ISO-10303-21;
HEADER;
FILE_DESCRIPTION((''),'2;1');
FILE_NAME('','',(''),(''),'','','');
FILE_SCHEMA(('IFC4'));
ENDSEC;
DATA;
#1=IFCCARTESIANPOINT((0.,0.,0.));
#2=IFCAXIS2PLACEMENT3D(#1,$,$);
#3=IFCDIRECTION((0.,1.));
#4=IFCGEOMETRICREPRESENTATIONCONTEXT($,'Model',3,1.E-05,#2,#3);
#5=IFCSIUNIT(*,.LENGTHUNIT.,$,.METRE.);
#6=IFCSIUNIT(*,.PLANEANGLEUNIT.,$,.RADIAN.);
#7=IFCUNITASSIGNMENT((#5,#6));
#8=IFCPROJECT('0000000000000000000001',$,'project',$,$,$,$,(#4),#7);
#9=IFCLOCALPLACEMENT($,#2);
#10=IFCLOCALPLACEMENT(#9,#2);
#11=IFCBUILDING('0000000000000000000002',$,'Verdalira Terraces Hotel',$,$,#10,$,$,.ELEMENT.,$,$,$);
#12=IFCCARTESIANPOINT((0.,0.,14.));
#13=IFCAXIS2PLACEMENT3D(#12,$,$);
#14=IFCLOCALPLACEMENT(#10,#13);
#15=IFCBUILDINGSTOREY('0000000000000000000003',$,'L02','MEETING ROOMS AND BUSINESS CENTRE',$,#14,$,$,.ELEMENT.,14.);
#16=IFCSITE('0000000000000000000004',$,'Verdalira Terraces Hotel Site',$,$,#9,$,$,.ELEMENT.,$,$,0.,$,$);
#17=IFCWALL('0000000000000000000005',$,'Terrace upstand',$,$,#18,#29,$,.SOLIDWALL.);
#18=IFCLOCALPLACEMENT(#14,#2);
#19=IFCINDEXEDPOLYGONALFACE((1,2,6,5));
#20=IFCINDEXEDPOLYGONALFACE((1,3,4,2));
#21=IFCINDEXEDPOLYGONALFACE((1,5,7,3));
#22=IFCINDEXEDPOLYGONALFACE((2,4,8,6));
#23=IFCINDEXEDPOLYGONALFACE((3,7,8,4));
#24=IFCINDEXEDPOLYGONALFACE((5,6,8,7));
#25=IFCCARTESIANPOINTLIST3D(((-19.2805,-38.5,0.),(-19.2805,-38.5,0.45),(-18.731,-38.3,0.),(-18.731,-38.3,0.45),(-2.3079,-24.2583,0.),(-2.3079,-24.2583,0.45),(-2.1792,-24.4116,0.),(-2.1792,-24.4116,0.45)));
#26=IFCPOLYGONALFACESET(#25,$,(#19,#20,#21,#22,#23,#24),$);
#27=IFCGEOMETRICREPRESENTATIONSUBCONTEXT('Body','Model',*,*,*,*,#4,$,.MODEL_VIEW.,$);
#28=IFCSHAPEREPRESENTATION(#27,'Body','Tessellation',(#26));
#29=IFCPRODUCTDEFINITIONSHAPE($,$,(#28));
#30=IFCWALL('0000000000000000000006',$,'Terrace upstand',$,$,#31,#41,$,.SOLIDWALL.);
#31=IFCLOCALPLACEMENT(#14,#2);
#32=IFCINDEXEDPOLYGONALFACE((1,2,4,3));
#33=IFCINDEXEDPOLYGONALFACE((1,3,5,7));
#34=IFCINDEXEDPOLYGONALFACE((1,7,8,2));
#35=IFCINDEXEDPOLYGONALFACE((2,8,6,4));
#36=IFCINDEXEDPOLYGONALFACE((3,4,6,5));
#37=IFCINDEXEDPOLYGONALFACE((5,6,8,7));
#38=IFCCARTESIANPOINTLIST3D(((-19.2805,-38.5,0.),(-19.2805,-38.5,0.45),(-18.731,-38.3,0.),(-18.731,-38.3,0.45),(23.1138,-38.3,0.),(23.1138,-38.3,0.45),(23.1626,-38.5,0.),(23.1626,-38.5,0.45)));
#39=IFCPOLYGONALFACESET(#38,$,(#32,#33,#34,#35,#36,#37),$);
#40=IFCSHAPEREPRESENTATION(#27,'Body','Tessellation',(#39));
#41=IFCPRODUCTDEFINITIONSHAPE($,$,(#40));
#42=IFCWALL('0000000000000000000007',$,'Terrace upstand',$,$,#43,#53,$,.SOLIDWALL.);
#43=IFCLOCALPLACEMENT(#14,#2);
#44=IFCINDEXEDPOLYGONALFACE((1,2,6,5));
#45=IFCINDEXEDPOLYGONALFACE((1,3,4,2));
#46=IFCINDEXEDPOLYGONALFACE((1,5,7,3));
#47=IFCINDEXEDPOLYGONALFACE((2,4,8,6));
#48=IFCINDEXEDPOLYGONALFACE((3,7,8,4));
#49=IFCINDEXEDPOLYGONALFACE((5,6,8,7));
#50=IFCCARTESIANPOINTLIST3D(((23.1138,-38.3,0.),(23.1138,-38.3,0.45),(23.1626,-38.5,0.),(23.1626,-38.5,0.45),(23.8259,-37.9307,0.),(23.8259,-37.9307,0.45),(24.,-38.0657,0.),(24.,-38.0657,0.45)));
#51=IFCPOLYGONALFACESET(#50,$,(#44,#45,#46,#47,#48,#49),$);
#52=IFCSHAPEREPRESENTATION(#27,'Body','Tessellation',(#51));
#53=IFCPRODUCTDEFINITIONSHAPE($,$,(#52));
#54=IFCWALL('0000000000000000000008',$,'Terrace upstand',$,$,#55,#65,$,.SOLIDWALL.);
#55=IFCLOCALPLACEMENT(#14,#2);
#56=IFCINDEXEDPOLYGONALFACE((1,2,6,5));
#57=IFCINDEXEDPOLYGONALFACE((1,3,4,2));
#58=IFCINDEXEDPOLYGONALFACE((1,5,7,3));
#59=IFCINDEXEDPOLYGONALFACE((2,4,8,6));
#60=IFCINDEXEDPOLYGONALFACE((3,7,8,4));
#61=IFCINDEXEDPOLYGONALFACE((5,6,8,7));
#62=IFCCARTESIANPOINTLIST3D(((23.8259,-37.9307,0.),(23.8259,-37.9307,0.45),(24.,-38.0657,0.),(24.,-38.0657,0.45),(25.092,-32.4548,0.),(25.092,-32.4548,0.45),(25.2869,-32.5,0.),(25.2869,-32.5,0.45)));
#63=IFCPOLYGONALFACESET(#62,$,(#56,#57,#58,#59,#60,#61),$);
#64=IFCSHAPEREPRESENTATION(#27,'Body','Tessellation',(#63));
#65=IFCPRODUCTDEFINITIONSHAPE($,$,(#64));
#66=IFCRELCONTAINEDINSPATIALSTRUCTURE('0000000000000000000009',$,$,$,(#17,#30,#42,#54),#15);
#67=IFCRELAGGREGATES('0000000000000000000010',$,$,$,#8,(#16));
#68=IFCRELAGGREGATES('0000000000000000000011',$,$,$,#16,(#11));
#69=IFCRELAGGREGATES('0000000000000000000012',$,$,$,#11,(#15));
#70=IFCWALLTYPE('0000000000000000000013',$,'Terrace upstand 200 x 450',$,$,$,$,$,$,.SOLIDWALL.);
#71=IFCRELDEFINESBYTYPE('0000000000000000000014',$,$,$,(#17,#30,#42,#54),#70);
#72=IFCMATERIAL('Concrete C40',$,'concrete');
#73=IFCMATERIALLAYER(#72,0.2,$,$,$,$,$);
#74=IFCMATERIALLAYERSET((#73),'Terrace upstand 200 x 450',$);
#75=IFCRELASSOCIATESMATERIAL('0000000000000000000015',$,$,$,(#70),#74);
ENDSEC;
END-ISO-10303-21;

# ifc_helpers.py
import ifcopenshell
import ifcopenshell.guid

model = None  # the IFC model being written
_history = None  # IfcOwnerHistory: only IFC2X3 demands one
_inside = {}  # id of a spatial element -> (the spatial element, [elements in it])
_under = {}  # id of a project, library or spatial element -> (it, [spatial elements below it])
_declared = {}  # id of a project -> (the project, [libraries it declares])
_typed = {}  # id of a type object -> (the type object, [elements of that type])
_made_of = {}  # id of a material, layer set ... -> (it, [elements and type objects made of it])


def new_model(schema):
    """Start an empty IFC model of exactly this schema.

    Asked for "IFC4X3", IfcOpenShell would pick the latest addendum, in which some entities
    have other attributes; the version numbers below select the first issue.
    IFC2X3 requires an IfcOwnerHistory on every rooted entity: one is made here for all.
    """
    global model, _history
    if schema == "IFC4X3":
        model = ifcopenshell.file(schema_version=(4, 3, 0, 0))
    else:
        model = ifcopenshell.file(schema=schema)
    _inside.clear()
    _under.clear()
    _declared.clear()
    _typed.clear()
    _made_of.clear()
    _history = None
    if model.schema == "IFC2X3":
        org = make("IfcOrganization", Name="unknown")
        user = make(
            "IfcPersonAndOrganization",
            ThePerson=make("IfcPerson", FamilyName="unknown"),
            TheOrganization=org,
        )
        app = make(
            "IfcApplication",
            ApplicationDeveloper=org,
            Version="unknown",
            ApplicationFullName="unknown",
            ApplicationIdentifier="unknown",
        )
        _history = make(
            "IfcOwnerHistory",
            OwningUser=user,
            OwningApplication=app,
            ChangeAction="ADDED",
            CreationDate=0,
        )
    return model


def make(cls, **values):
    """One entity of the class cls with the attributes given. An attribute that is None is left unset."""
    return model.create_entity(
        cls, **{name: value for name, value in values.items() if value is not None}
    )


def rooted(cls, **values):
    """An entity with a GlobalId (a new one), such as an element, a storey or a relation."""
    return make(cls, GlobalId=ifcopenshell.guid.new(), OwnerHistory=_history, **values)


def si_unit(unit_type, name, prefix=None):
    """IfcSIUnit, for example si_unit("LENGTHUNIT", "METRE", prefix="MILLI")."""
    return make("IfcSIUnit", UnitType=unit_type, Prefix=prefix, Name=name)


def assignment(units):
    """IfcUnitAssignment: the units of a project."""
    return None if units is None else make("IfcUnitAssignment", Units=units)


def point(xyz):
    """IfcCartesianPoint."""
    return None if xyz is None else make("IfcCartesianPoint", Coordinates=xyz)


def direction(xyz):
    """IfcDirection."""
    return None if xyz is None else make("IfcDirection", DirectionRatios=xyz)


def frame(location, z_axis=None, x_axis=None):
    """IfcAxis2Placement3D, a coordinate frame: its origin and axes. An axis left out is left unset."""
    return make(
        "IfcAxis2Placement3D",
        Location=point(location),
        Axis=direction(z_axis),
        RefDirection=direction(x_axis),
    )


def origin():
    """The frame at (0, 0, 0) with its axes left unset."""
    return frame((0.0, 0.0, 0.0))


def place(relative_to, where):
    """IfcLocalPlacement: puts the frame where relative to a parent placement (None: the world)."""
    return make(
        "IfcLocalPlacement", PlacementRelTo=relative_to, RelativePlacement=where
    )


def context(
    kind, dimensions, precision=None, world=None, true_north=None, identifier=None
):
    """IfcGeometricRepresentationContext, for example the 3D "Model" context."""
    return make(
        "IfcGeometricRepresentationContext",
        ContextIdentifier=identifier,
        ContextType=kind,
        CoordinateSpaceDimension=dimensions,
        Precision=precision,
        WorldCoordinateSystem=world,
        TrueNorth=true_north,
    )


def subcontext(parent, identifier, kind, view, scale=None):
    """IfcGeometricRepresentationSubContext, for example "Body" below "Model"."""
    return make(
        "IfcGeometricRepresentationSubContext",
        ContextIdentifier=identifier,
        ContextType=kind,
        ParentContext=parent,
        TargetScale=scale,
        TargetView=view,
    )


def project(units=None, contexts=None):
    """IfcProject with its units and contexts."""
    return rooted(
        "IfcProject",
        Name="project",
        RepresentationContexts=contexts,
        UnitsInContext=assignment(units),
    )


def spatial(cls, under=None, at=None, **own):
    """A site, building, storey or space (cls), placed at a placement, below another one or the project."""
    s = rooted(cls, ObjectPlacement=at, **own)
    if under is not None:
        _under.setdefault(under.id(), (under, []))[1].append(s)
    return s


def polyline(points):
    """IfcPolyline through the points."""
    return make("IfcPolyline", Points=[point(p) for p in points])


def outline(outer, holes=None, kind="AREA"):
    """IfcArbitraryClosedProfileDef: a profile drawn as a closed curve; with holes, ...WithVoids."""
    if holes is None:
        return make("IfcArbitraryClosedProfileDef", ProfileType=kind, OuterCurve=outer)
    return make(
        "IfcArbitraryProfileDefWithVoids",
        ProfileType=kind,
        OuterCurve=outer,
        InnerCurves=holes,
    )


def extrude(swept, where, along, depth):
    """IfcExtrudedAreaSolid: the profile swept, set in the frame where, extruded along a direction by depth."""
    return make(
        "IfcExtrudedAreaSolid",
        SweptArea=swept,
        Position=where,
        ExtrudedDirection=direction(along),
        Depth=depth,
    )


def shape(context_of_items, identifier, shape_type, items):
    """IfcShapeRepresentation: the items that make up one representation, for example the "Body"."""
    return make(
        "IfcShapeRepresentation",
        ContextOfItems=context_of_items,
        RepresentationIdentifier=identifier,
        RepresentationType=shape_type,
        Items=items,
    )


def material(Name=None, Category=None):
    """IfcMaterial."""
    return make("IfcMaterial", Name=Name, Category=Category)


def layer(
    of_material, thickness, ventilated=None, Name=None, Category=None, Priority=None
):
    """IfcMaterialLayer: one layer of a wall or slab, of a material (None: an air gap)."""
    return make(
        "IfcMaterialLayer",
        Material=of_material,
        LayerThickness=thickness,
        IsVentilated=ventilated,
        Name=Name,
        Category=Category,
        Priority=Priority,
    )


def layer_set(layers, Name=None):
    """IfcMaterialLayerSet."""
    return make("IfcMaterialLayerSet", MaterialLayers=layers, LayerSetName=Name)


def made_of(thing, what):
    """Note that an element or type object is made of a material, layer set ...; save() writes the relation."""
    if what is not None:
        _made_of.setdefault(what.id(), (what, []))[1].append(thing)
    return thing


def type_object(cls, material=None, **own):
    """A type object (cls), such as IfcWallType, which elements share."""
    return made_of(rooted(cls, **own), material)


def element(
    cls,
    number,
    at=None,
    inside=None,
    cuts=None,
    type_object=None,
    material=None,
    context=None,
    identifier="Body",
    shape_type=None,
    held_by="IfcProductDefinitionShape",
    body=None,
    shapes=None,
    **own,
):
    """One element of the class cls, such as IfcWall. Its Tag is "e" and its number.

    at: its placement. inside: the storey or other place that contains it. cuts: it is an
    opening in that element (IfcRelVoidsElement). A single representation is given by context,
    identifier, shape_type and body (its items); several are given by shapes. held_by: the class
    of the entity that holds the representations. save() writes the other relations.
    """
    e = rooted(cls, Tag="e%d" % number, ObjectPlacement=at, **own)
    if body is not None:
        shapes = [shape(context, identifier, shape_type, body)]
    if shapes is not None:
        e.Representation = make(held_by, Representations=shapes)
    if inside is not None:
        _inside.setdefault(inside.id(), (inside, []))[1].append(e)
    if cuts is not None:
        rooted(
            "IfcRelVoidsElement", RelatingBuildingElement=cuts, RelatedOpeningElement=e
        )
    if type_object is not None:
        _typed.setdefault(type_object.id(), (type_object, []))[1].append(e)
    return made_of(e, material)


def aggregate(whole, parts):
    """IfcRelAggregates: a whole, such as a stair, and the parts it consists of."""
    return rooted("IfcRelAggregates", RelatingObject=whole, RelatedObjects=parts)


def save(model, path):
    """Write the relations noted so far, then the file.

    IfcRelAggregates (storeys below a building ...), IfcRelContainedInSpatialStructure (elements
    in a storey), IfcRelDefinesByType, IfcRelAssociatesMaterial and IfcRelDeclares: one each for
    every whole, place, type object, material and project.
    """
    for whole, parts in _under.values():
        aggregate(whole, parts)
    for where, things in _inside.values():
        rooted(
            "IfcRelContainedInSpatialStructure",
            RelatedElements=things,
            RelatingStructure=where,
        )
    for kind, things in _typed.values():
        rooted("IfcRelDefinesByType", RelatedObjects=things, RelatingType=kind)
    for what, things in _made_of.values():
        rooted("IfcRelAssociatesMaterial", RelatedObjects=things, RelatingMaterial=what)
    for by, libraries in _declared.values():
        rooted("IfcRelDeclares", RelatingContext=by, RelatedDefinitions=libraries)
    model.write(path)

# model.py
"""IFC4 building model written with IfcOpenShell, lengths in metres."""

from ifc_helpers import new_model, si_unit, direction, frame, origin, place, context, subcontext, project, spatial, polyline, outline, extrude, material, layer, layer_set, type_object, element, save


model = new_model("IFC4")

# Units and contexts
model_context = context("Model", 3, precision=1e-05, world=origin(), true_north=direction((0.0, 1.0)))
body_context = subcontext(model_context, "Body", "Model", "MODEL_VIEW")
ifc_project = project(units=[si_unit("LENGTHUNIT", "METRE"), si_unit("PLANEANGLEUNIT", "RADIAN")], contexts=[model_context])

# Site, building, storey
site_placement = place(None, origin())
site = spatial("IfcSite", under=ifc_project, at=site_placement, Name="Verdalira Terraces Hotel Site", CompositionType="ELEMENT", RefElevation=0.0)
building_placement = place(site_placement, origin())
building = spatial("IfcBuilding", under=site, at=building_placement, Name="Verdalira Terraces Hotel", CompositionType="ELEMENT")
storey_placement = place(building_placement, frame((0.0, 0.0, 14.0)))
storey = spatial("IfcBuildingStorey", under=building, at=storey_placement, Name="L02", Description="MEETING ROOMS AND BUSINESS CENTRE", CompositionType="ELEMENT", Elevation=14.0)

# Walls
ifc_material_1 = material(Name="Concrete C40", Category="concrete")
ifc_layer_1 = layer(ifc_material_1, 0.2)
ifc_layer_set_1 = layer_set([ifc_layer_1], Name="Terrace upstand 200 x 450")
wall_type_1 = type_object("IfcWallType", Name="Terrace upstand 200 x 450", PredefinedType="SOLIDWALL", material=ifc_layer_set_1)
wall_1_placement = place(storey_placement, origin())
element("IfcWall", 1, at=wall_1_placement, inside=storey, type_object=wall_type_1, Name="Terrace upstand", PredefinedType="SOLIDWALL", context=body_context, shape_type="SweptSolid", body=[
    extrude(outline(polyline([(-2.1792, -24.4116), (-2.3079, -24.2583), (-19.2805, -38.5), (-18.731, -38.3), (-2.1792, -24.4116)])), origin(), (0.0, 0.0, 1.0), 0.45),
])
wall_2_placement = place(storey_placement, origin())
element("IfcWall", 2, at=wall_2_placement, inside=storey, type_object=wall_type_1, Name="Terrace upstand", PredefinedType="SOLIDWALL", context=body_context, shape_type="SweptSolid", body=[
    extrude(outline(polyline([(-18.731, -38.3), (-19.2805, -38.5), (23.1626, -38.5), (23.1138, -38.3), (-18.731, -38.3)])), origin(), (0.0, 0.0, 1.0), 0.45),
])
wall_3_placement = place(storey_placement, origin())
element("IfcWall", 3, at=wall_3_placement, inside=storey, type_object=wall_type_1, Name="Terrace upstand", PredefinedType="SOLIDWALL", context=body_context, shape_type="SweptSolid", body=[
    extrude(outline(polyline([(23.1138, -38.3), (23.1626, -38.5), (24.0, -38.0657), (23.8259, -37.9307), (23.1138, -38.3)])), origin(), (0.0, 0.0, 1.0), 0.45),
])
wall_4_placement = place(storey_placement, origin())
element("IfcWall", 4, at=wall_4_placement, inside=storey, type_object=wall_type_1, Name="Terrace upstand", PredefinedType="SOLIDWALL", context=body_context, shape_type="SweptSolid", body=[
    extrude(outline(polyline([(23.8259, -37.9307), (24.0, -38.0657), (25.2869, -32.5), (25.092, -32.4548), (23.8259, -37.9307)])), origin(), (0.0, 0.0, 1.0), 0.45),
])

save(model, "model.ifc")
